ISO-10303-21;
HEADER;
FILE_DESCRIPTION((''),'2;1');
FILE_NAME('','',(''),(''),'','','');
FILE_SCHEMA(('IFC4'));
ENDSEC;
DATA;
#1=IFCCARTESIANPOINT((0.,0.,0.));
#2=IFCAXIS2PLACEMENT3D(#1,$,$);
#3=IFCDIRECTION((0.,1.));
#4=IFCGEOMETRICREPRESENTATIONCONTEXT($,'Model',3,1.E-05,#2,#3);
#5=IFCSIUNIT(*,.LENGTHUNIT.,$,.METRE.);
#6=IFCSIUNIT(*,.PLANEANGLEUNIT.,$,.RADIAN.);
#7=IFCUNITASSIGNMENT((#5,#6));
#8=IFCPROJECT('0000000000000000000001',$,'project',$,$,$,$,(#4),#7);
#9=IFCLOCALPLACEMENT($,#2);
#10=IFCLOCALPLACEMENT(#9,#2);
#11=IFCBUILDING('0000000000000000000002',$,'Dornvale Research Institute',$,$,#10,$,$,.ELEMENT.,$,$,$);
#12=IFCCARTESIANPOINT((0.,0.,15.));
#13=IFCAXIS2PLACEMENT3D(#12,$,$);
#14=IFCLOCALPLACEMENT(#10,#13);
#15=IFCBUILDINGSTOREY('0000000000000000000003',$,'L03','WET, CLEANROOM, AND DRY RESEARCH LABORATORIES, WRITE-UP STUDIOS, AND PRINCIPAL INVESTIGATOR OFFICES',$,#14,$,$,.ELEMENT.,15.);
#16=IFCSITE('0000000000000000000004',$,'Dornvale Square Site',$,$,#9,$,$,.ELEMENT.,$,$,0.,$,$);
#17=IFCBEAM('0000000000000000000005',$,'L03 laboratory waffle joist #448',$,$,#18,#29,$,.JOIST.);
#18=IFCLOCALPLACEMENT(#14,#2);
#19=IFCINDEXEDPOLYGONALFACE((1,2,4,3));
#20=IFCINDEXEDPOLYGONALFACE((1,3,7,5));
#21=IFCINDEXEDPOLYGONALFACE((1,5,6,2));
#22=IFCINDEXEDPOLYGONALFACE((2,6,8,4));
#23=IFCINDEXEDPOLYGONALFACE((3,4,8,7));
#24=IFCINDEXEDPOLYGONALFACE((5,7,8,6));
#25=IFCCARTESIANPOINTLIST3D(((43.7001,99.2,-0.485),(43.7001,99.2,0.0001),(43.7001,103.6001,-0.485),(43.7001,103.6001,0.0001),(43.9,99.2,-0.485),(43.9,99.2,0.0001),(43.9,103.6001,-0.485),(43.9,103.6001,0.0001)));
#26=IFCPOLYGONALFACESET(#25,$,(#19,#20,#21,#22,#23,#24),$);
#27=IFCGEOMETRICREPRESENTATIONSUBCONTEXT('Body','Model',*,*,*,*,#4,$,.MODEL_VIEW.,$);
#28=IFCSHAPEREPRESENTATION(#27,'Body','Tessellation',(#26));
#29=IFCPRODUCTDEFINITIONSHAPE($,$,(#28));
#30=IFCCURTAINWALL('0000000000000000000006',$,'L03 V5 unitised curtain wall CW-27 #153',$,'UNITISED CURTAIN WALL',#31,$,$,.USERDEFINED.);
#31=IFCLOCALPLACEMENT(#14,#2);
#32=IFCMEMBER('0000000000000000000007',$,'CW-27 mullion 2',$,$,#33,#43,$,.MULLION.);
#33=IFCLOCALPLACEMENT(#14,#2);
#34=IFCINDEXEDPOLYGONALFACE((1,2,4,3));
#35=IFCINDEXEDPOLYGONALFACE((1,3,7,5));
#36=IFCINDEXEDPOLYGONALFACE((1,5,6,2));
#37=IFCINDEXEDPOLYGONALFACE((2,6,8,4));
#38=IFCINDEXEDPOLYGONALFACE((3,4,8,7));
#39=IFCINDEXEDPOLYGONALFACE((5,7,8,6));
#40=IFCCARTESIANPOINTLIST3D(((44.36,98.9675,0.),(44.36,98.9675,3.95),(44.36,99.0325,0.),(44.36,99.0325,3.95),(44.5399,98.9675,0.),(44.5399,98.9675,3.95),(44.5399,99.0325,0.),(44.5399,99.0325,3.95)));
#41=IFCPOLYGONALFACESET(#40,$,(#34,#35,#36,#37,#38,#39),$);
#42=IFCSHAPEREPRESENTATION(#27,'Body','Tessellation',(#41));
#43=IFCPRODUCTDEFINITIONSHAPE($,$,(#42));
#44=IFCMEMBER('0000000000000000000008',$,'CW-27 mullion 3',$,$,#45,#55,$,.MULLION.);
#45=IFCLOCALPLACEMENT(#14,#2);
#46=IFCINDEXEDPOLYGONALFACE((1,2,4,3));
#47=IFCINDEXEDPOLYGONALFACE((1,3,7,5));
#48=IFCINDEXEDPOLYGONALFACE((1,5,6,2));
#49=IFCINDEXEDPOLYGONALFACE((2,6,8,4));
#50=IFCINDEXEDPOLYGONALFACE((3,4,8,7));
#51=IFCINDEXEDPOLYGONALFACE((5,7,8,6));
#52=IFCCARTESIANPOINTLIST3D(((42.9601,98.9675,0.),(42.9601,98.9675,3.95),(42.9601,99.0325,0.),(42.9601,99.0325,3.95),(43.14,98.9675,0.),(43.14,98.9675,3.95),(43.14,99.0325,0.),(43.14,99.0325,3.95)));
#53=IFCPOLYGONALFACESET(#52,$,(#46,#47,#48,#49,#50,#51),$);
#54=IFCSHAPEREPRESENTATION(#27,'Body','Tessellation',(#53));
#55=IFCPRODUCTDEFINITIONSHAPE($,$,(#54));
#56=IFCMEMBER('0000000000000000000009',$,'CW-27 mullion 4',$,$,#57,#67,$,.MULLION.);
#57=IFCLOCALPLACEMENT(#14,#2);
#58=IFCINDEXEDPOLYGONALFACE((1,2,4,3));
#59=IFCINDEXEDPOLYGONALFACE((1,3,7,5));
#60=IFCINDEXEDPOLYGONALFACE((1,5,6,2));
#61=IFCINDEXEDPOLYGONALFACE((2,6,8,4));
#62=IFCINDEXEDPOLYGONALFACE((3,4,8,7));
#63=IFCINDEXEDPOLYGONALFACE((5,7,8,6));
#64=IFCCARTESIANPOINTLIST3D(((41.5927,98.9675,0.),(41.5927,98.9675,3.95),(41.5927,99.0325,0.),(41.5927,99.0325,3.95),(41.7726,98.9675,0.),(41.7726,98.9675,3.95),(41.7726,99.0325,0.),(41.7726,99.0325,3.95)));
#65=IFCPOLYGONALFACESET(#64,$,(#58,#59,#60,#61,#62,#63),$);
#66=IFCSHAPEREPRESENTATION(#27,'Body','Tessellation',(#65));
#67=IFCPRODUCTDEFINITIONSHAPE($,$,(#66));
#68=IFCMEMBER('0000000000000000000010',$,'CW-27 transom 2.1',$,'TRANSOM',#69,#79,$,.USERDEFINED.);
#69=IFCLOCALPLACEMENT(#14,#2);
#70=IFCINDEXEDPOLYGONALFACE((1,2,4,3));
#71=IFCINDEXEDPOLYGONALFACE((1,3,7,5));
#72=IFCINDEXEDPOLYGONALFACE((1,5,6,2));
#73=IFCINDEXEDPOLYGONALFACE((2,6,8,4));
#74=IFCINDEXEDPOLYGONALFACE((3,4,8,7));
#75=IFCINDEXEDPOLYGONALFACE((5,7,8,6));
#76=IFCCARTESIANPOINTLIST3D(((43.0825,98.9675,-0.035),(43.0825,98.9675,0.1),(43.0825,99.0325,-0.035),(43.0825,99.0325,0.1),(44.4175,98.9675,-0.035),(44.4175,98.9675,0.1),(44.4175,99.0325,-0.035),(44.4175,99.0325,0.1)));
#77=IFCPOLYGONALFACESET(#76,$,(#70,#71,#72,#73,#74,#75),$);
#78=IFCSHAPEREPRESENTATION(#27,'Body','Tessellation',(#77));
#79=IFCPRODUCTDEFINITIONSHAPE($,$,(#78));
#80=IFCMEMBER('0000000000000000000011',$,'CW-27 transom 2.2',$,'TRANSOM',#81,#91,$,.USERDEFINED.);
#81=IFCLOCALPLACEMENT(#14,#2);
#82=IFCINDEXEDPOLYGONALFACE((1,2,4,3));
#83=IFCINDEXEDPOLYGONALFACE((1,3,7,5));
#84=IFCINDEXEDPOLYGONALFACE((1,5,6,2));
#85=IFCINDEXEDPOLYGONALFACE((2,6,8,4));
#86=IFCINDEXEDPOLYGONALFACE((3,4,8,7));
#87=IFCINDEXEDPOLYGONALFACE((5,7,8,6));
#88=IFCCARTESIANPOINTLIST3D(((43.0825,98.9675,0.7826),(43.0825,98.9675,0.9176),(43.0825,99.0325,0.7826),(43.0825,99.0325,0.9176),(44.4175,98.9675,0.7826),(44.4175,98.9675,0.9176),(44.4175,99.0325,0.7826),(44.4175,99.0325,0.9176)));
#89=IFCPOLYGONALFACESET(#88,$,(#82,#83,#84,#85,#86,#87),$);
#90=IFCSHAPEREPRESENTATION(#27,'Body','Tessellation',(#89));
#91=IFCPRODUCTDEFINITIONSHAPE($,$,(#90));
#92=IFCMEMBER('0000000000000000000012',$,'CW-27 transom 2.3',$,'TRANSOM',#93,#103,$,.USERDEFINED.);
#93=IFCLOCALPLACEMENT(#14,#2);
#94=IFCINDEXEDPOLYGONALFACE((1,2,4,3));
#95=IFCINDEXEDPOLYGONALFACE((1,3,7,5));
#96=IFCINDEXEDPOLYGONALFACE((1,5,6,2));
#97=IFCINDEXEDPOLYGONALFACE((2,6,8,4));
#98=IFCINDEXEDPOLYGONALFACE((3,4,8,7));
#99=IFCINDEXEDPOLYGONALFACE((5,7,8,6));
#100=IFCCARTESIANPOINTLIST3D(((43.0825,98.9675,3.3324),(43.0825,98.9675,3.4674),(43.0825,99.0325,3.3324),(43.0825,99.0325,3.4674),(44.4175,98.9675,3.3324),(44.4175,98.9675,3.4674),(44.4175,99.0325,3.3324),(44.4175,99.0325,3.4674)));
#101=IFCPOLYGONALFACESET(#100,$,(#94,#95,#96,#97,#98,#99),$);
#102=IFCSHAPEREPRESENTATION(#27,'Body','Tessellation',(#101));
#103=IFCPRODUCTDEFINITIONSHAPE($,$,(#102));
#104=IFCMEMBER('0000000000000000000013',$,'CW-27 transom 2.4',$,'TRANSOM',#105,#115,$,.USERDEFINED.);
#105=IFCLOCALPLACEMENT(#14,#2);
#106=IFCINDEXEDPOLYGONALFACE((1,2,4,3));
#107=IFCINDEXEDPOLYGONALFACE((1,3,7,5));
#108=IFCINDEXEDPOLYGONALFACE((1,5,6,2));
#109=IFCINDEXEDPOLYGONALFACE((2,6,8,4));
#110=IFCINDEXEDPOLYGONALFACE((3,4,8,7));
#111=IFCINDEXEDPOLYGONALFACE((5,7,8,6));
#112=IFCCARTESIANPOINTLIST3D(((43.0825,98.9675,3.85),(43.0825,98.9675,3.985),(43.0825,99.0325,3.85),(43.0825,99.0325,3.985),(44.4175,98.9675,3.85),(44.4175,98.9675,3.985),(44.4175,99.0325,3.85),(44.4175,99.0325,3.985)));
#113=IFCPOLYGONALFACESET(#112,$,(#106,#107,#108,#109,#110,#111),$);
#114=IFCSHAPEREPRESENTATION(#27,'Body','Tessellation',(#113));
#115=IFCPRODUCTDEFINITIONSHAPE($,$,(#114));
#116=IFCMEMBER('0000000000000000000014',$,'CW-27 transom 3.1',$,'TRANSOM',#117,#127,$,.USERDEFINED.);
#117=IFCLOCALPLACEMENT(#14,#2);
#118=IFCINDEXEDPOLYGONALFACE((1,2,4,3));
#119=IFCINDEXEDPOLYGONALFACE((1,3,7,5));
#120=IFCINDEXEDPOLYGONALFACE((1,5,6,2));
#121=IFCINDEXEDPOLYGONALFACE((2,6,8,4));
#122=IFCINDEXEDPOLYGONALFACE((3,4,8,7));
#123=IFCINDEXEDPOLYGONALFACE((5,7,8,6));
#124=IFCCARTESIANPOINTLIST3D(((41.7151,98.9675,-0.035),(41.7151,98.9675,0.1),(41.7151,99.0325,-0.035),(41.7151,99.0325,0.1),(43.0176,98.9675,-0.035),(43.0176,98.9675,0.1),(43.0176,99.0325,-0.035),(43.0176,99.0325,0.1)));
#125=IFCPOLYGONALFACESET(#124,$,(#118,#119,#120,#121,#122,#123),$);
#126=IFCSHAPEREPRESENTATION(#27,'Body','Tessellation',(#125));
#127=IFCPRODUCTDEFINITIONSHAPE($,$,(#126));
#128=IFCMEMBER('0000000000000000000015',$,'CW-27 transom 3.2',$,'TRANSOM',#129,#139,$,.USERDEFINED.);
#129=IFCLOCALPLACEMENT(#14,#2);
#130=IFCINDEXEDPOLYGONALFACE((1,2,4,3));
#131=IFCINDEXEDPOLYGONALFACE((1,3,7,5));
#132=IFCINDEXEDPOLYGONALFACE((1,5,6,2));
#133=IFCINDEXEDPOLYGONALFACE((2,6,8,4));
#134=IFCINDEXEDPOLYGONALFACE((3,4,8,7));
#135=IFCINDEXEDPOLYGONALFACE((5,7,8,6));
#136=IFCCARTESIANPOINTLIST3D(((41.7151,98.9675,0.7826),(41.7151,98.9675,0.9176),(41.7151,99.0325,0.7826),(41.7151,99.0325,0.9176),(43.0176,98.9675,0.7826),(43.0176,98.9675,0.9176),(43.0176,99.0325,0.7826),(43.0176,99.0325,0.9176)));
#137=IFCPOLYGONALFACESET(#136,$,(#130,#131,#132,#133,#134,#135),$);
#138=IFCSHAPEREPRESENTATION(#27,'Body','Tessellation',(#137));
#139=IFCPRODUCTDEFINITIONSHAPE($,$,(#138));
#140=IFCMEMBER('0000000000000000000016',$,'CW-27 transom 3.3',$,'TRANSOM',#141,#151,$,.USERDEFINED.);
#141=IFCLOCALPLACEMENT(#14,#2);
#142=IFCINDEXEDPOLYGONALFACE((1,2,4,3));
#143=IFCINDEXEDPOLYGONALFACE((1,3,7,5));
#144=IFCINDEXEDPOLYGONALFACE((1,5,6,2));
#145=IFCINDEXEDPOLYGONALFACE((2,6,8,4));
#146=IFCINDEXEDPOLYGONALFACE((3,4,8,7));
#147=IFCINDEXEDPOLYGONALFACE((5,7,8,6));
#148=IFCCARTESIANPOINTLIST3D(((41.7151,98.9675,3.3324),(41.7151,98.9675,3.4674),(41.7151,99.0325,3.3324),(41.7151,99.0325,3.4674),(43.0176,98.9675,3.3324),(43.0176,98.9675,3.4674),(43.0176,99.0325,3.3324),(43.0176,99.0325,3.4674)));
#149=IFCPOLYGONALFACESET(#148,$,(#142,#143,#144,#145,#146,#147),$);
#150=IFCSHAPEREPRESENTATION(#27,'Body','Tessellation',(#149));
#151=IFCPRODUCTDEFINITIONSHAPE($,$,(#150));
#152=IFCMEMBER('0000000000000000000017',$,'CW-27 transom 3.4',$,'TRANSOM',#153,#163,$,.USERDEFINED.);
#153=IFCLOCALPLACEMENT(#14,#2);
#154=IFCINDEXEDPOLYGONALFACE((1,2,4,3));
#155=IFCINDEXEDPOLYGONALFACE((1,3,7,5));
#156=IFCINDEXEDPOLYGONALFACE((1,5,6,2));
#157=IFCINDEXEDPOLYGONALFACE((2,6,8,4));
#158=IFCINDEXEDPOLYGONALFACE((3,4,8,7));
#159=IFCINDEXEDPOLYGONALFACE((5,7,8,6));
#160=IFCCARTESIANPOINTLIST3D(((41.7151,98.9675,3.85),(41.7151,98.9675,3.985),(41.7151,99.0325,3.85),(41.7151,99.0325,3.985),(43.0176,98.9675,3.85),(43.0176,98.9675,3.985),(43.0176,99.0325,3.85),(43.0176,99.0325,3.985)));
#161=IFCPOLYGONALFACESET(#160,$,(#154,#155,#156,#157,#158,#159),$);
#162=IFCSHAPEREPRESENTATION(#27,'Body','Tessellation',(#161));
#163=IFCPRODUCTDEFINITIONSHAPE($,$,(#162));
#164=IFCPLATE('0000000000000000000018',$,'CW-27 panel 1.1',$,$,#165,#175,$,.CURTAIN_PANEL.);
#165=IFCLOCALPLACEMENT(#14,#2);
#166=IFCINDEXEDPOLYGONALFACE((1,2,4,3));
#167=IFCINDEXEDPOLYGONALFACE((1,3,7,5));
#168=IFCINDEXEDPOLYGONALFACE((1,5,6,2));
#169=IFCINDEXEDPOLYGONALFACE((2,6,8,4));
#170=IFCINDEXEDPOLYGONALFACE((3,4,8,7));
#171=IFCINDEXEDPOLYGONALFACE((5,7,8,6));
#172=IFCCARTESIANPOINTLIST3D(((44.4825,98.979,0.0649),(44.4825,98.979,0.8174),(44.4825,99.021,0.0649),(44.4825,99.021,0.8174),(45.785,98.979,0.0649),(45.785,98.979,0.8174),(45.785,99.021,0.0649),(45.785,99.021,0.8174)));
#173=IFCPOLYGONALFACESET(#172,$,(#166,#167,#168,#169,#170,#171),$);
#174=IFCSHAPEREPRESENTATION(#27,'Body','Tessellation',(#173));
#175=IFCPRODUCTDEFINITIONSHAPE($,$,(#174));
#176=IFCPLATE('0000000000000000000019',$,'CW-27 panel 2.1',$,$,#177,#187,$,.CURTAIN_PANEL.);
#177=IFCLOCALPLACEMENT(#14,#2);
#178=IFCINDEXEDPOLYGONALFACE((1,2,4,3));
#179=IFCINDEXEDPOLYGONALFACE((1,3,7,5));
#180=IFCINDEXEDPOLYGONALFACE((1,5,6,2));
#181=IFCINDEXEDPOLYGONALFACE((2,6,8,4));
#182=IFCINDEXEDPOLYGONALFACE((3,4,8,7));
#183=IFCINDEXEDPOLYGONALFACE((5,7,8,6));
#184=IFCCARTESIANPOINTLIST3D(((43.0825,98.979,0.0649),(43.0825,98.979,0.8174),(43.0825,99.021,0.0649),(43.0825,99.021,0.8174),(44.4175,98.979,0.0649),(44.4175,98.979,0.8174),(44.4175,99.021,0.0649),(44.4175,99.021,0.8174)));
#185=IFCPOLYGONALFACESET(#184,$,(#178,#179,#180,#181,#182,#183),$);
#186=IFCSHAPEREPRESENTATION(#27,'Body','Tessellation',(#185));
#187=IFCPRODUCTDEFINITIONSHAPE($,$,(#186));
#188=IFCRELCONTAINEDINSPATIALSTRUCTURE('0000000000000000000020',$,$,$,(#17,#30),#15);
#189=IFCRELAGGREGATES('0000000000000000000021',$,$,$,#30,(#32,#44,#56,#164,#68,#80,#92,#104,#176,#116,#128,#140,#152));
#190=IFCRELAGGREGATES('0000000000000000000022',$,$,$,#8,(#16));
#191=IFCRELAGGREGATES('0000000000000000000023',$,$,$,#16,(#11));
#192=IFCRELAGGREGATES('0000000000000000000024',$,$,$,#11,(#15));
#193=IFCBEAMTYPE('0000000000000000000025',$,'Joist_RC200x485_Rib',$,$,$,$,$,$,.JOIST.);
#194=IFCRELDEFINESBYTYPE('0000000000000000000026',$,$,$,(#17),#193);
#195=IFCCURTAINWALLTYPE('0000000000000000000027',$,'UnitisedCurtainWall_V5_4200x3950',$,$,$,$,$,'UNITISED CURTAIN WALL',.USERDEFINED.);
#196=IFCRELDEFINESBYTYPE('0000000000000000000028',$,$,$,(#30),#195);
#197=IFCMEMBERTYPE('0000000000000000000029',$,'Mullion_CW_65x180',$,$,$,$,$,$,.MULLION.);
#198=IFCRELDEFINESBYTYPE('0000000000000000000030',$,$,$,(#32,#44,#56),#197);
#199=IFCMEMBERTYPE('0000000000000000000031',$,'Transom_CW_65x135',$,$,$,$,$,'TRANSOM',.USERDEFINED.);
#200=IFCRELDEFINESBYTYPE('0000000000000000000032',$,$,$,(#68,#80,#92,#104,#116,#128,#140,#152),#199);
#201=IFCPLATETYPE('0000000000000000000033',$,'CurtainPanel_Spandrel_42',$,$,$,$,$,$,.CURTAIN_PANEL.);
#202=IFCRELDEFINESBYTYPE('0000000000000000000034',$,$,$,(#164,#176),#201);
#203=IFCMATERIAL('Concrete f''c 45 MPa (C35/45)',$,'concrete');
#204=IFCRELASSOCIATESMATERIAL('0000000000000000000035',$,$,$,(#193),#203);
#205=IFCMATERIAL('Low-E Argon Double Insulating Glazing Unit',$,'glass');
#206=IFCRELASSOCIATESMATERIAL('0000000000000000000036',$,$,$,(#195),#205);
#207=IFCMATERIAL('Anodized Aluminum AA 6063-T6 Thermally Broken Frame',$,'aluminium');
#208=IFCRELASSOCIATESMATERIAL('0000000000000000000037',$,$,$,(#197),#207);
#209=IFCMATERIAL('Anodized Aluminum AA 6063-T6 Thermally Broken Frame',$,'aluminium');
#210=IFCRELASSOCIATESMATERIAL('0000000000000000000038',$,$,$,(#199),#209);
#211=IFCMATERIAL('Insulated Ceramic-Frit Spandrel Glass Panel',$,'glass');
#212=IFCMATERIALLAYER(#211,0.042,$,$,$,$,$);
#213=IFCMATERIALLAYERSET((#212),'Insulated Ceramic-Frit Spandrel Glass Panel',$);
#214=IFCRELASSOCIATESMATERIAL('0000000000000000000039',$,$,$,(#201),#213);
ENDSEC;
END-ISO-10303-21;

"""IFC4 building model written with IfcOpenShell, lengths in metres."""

from ifc_helpers import new_model, si_unit, direction, frame, origin, origin_2d, place, context, subcontext, project, spatial, rectangle, extrude, material, layer, layer_set, material_profile, profile_set, type_object, element, aggregate, save


model = new_model("IFC4")

# Units and contexts
model_context = context("Model", 3, precision=1e-05, world=origin(), true_north=direction((0.0, 1.0)))
body_context = subcontext(model_context, "Body", "Model", "MODEL_VIEW")
ifc_project = project(units=[si_unit("LENGTHUNIT", "METRE"), si_unit("PLANEANGLEUNIT", "RADIAN")], contexts=[model_context])

# Site, building, storey
site_placement = place(None, origin())
site = spatial("IfcSite", under=ifc_project, at=site_placement, Name="Dornvale Square Site", CompositionType="ELEMENT", RefElevation=0.0)
building_placement = place(site_placement, origin())
building = spatial("IfcBuilding", under=site, at=building_placement, Name="Dornvale Research Institute", CompositionType="ELEMENT")
storey_placement = place(building_placement, frame((0.0, 0.0, 15.0)))
storey = spatial("IfcBuildingStorey", under=building, at=storey_placement, Name="L03", Description="WET, CLEANROOM, AND DRY RESEARCH LABORATORIES, WRITE-UP STUDIOS, AND PRINCIPAL INVESTIGATOR OFFICES", CompositionType="ELEMENT", Elevation=15.0)

# Beam
ifc_material_1 = material(Name="Concrete f'c 45 MPa (C35/45)", Category="concrete")
ifc_material_profile_1 = material_profile(ifc_material_1, rectangle(XDim=0.2, YDim=0.4851, at=origin_2d()), Name="RC 200x485")
ifc_profile_set_1 = profile_set([ifc_material_profile_1], Name="Concrete f'c 45 MPa (C35/45)")
beam_type = type_object("IfcBeamType", Name="Joist_RC200x485_Rib", PredefinedType="JOIST", material=ifc_profile_set_1)
beam_placement = place(storey_placement, frame((43.8, 99.2, -0.2424), z_axis=(0.0, 1.0, 0.0), x_axis=(-1.0, 0.0, 0.0)))
element("IfcBeam", 1, at=beam_placement, inside=storey, type_object=beam_type, Name="L03 laboratory waffle joist #448", PredefinedType="JOIST", context=body_context, shape_type="SweptSolid", body=[
    extrude(rectangle(XDim=0.2, YDim=0.4851, at=origin_2d()), origin(), (0.0, 0.0, 1.0), 4.4001),
])

# Curtain wall, members, plates
ifc_material_2 = material(Name="Low-E Argon Double Insulating Glazing Unit", Category="glass")
curtain_wall_type = type_object("IfcCurtainWallType", Name="UnitisedCurtainWall_V5_4200x3950", ElementType="UNITISED CURTAIN WALL", PredefinedType="USERDEFINED", material=ifc_material_2)
curtain_wall_placement = place(storey_placement, origin())
curtain_wall = element("IfcCurtainWall", 2, at=curtain_wall_placement, inside=storey, type_object=curtain_wall_type, Name="L03 V5 unitised curtain wall CW-27 #153", ObjectType="UNITISED CURTAIN WALL", PredefinedType="USERDEFINED")
ifc_material_3 = material(Name="Anodized Aluminum AA 6063-T6 Thermally Broken Frame", Category="aluminium")
ifc_material_profile_2 = material_profile(ifc_material_3, rectangle(XDim=0.0649, YDim=0.1799, at=origin_2d()), Name="ALU MULLION 65x180")
ifc_profile_set_2 = profile_set([ifc_material_profile_2], Name="Anodized Aluminum AA 6063-T6 Thermally Broken Frame")
member_type_1 = type_object("IfcMemberType", Name="Mullion_CW_65x180", PredefinedType="MULLION", material=ifc_profile_set_2)
member_1_placement = place(storey_placement, frame((44.45, 99.0, 0.0), z_axis=(0.0, 0.0, 1.0), x_axis=(0.0, -1.0, 0.0)))
member_1 = element("IfcMember", 3, at=member_1_placement, type_object=member_type_1, Name="CW-27 mullion 2", PredefinedType="MULLION", context=body_context, shape_type="SweptSolid", body=[
    extrude(rectangle(XDim=0.0649, YDim=0.1799, at=origin_2d()), origin(), (0.0, 0.0, 1.0), 3.95),
])
member_2_placement = place(storey_placement, frame((43.05, 99.0, 0.0), z_axis=(0.0, 0.0, 1.0), x_axis=(0.0, -1.0, 0.0)))
member_2 = element("IfcMember", 4, at=member_2_placement, type_object=member_type_1, Name="CW-27 mullion 3", PredefinedType="MULLION", context=body_context, shape_type="SweptSolid", body=[
    extrude(rectangle(XDim=0.0649, YDim=0.1799, at=origin_2d()), origin(), (0.0, 0.0, 1.0), 3.95),
])
member_3_placement = place(storey_placement, frame((41.6826, 99.0, 0.0), z_axis=(0.0, 0.0, 1.0), x_axis=(0.0, -1.0, 0.0)))
member_3 = element("IfcMember", 5, at=member_3_placement, type_object=member_type_1, Name="CW-27 mullion 4", PredefinedType="MULLION", context=body_context, shape_type="SweptSolid", body=[
    extrude(rectangle(XDim=0.0649, YDim=0.1799, at=origin_2d()), origin(), (0.0, 0.0, 1.0), 3.95),
])
ifc_material_4 = material(Name="Anodized Aluminum AA 6063-T6 Thermally Broken Frame", Category="aluminium")
ifc_material_profile_3 = material_profile(ifc_material_4, rectangle(XDim=0.0649, YDim=0.135, at=origin_2d()), Name="ALU TRANSOM 65x135")
ifc_profile_set_3 = profile_set([ifc_material_profile_3], Name="Anodized Aluminum AA 6063-T6 Thermally Broken Frame")
member_type_2 = type_object("IfcMemberType", Name="Transom_CW_65x135", ElementType="TRANSOM", PredefinedType="USERDEFINED", material=ifc_profile_set_3)
member_4_placement = place(storey_placement, frame((44.4175, 99.0, 0.0325), z_axis=(-1.0, 0.0, 0.0), x_axis=(0.0, -1.0, 0.0)))
member_4 = element("IfcMember", 6, at=member_4_placement, type_object=member_type_2, Name="CW-27 transom 2.1", ObjectType="TRANSOM", PredefinedType="USERDEFINED", context=body_context, shape_type="SweptSolid", body=[
    extrude(rectangle(XDim=0.0649, YDim=0.135, at=origin_2d()), origin(), (0.0, 0.0, 1.0), 1.335),
])
member_5_placement = place(storey_placement, frame((44.4175, 99.0, 0.8501), z_axis=(-1.0, 0.0, 0.0), x_axis=(0.0, -1.0, 0.0)))
member_5 = element("IfcMember", 7, at=member_5_placement, type_object=member_type_2, Name="CW-27 transom 2.2", ObjectType="TRANSOM", PredefinedType="USERDEFINED", context=body_context, shape_type="SweptSolid", body=[
    extrude(rectangle(XDim=0.0649, YDim=0.135, at=origin_2d()), origin(), (0.0, 0.0, 1.0), 1.335),
])
member_6_placement = place(storey_placement, frame((44.4175, 99.0, 3.3999), z_axis=(-1.0, 0.0, 0.0), x_axis=(0.0, -1.0, 0.0)))
member_6 = element("IfcMember", 8, at=member_6_placement, type_object=member_type_2, Name="CW-27 transom 2.3", ObjectType="TRANSOM", PredefinedType="USERDEFINED", context=body_context, shape_type="SweptSolid", body=[
    extrude(rectangle(XDim=0.0649, YDim=0.135, at=origin_2d()), origin(), (0.0, 0.0, 1.0), 1.335),
])
member_7_placement = place(storey_placement, frame((44.4175, 99.0, 3.9175), z_axis=(-1.0, 0.0, 0.0), x_axis=(0.0, -1.0, 0.0)))
member_7 = element("IfcMember", 9, at=member_7_placement, type_object=member_type_2, Name="CW-27 transom 2.4", ObjectType="TRANSOM", PredefinedType="USERDEFINED", context=body_context, shape_type="SweptSolid", body=[
    extrude(rectangle(XDim=0.0649, YDim=0.135, at=origin_2d()), origin(), (0.0, 0.0, 1.0), 1.335),
])
member_8_placement = place(storey_placement, frame((43.0176, 99.0, 0.0325), z_axis=(-1.0, 0.0, 0.0), x_axis=(0.0, -1.0, 0.0)))
member_8 = element("IfcMember", 10, at=member_8_placement, type_object=member_type_2, Name="CW-27 transom 3.1", ObjectType="TRANSOM", PredefinedType="USERDEFINED", context=body_context, shape_type="SweptSolid", body=[
    extrude(rectangle(XDim=0.0649, YDim=0.135, at=origin_2d()), origin(), (0.0, 0.0, 1.0), 1.3025),
])
member_9_placement = place(storey_placement, frame((43.0176, 99.0, 0.8501), z_axis=(-1.0, 0.0, 0.0), x_axis=(0.0, -1.0, 0.0)))
member_9 = element("IfcMember", 11, at=member_9_placement, type_object=member_type_2, Name="CW-27 transom 3.2", ObjectType="TRANSOM", PredefinedType="USERDEFINED", context=body_context, shape_type="SweptSolid", body=[
    extrude(rectangle(XDim=0.0649, YDim=0.135, at=origin_2d()), origin(), (0.0, 0.0, 1.0), 1.3025),
])
member_10_placement = place(storey_placement, frame((43.0176, 99.0, 3.3999), z_axis=(-1.0, 0.0, 0.0), x_axis=(0.0, -1.0, 0.0)))
member_10 = element("IfcMember", 12, at=member_10_placement, type_object=member_type_2, Name="CW-27 transom 3.3", ObjectType="TRANSOM", PredefinedType="USERDEFINED", context=body_context, shape_type="SweptSolid", body=[
    extrude(rectangle(XDim=0.0649, YDim=0.135, at=origin_2d()), origin(), (0.0, 0.0, 1.0), 1.3025),
])
member_11_placement = place(storey_placement, frame((43.0176, 99.0, 3.9175), z_axis=(-1.0, 0.0, 0.0), x_axis=(0.0, -1.0, 0.0)))
member_11 = element("IfcMember", 13, at=member_11_placement, type_object=member_type_2, Name="CW-27 transom 3.4", ObjectType="TRANSOM", PredefinedType="USERDEFINED", context=body_context, shape_type="SweptSolid", body=[
    extrude(rectangle(XDim=0.0649, YDim=0.135, at=origin_2d()), origin(), (0.0, 0.0, 1.0), 1.3025),
])
ifc_material_5 = material(Name="Insulated Ceramic-Frit Spandrel Glass Panel", Category="glass")
ifc_layer_1 = layer(ifc_material_5, 0.042)
ifc_layer_set_1 = layer_set([ifc_layer_1], Name="Insulated Ceramic-Frit Spandrel Glass Panel")
plate_type_1 = type_object("IfcPlateType", Name="CurtainPanel_Spandrel_42", PredefinedType="CURTAIN_PANEL", material=ifc_layer_set_1)
plate_1_placement = place(storey_placement, frame((45.1338, 99.0, 0.0649), z_axis=(0.0, 0.0, 1.0), x_axis=(-1.0, 0.0, 0.0)))
plate_1 = element("IfcPlate", 14, at=plate_1_placement, type_object=plate_type_1, Name="CW-27 panel 1.1", PredefinedType="CURTAIN_PANEL", context=body_context, shape_type="SweptSolid", body=[
    extrude(rectangle(XDim=1.3025, YDim=0.042, at=origin_2d()), origin(), (0.0, 0.0, 1.0), 0.7524),
])
plate_2_placement = place(storey_placement, frame((43.75, 99.0, 0.0649), z_axis=(0.0, 0.0, 1.0), x_axis=(-1.0, 0.0, 0.0)))
plate_2 = element("IfcPlate", 15, at=plate_2_placement, type_object=plate_type_1, Name="CW-27 panel 2.1", PredefinedType="CURTAIN_PANEL", context=body_context, shape_type="SweptSolid", body=[
    extrude(rectangle(XDim=1.335, YDim=0.042, at=origin_2d()), origin(), (0.0, 0.0, 1.0), 0.7524),
])
aggregate(curtain_wall, [member_1, member_2, member_3, plate_1, member_4, member_5, member_6, member_7, plate_2, member_8, member_9, member_10, member_11])

save(model, "model.ifc")
